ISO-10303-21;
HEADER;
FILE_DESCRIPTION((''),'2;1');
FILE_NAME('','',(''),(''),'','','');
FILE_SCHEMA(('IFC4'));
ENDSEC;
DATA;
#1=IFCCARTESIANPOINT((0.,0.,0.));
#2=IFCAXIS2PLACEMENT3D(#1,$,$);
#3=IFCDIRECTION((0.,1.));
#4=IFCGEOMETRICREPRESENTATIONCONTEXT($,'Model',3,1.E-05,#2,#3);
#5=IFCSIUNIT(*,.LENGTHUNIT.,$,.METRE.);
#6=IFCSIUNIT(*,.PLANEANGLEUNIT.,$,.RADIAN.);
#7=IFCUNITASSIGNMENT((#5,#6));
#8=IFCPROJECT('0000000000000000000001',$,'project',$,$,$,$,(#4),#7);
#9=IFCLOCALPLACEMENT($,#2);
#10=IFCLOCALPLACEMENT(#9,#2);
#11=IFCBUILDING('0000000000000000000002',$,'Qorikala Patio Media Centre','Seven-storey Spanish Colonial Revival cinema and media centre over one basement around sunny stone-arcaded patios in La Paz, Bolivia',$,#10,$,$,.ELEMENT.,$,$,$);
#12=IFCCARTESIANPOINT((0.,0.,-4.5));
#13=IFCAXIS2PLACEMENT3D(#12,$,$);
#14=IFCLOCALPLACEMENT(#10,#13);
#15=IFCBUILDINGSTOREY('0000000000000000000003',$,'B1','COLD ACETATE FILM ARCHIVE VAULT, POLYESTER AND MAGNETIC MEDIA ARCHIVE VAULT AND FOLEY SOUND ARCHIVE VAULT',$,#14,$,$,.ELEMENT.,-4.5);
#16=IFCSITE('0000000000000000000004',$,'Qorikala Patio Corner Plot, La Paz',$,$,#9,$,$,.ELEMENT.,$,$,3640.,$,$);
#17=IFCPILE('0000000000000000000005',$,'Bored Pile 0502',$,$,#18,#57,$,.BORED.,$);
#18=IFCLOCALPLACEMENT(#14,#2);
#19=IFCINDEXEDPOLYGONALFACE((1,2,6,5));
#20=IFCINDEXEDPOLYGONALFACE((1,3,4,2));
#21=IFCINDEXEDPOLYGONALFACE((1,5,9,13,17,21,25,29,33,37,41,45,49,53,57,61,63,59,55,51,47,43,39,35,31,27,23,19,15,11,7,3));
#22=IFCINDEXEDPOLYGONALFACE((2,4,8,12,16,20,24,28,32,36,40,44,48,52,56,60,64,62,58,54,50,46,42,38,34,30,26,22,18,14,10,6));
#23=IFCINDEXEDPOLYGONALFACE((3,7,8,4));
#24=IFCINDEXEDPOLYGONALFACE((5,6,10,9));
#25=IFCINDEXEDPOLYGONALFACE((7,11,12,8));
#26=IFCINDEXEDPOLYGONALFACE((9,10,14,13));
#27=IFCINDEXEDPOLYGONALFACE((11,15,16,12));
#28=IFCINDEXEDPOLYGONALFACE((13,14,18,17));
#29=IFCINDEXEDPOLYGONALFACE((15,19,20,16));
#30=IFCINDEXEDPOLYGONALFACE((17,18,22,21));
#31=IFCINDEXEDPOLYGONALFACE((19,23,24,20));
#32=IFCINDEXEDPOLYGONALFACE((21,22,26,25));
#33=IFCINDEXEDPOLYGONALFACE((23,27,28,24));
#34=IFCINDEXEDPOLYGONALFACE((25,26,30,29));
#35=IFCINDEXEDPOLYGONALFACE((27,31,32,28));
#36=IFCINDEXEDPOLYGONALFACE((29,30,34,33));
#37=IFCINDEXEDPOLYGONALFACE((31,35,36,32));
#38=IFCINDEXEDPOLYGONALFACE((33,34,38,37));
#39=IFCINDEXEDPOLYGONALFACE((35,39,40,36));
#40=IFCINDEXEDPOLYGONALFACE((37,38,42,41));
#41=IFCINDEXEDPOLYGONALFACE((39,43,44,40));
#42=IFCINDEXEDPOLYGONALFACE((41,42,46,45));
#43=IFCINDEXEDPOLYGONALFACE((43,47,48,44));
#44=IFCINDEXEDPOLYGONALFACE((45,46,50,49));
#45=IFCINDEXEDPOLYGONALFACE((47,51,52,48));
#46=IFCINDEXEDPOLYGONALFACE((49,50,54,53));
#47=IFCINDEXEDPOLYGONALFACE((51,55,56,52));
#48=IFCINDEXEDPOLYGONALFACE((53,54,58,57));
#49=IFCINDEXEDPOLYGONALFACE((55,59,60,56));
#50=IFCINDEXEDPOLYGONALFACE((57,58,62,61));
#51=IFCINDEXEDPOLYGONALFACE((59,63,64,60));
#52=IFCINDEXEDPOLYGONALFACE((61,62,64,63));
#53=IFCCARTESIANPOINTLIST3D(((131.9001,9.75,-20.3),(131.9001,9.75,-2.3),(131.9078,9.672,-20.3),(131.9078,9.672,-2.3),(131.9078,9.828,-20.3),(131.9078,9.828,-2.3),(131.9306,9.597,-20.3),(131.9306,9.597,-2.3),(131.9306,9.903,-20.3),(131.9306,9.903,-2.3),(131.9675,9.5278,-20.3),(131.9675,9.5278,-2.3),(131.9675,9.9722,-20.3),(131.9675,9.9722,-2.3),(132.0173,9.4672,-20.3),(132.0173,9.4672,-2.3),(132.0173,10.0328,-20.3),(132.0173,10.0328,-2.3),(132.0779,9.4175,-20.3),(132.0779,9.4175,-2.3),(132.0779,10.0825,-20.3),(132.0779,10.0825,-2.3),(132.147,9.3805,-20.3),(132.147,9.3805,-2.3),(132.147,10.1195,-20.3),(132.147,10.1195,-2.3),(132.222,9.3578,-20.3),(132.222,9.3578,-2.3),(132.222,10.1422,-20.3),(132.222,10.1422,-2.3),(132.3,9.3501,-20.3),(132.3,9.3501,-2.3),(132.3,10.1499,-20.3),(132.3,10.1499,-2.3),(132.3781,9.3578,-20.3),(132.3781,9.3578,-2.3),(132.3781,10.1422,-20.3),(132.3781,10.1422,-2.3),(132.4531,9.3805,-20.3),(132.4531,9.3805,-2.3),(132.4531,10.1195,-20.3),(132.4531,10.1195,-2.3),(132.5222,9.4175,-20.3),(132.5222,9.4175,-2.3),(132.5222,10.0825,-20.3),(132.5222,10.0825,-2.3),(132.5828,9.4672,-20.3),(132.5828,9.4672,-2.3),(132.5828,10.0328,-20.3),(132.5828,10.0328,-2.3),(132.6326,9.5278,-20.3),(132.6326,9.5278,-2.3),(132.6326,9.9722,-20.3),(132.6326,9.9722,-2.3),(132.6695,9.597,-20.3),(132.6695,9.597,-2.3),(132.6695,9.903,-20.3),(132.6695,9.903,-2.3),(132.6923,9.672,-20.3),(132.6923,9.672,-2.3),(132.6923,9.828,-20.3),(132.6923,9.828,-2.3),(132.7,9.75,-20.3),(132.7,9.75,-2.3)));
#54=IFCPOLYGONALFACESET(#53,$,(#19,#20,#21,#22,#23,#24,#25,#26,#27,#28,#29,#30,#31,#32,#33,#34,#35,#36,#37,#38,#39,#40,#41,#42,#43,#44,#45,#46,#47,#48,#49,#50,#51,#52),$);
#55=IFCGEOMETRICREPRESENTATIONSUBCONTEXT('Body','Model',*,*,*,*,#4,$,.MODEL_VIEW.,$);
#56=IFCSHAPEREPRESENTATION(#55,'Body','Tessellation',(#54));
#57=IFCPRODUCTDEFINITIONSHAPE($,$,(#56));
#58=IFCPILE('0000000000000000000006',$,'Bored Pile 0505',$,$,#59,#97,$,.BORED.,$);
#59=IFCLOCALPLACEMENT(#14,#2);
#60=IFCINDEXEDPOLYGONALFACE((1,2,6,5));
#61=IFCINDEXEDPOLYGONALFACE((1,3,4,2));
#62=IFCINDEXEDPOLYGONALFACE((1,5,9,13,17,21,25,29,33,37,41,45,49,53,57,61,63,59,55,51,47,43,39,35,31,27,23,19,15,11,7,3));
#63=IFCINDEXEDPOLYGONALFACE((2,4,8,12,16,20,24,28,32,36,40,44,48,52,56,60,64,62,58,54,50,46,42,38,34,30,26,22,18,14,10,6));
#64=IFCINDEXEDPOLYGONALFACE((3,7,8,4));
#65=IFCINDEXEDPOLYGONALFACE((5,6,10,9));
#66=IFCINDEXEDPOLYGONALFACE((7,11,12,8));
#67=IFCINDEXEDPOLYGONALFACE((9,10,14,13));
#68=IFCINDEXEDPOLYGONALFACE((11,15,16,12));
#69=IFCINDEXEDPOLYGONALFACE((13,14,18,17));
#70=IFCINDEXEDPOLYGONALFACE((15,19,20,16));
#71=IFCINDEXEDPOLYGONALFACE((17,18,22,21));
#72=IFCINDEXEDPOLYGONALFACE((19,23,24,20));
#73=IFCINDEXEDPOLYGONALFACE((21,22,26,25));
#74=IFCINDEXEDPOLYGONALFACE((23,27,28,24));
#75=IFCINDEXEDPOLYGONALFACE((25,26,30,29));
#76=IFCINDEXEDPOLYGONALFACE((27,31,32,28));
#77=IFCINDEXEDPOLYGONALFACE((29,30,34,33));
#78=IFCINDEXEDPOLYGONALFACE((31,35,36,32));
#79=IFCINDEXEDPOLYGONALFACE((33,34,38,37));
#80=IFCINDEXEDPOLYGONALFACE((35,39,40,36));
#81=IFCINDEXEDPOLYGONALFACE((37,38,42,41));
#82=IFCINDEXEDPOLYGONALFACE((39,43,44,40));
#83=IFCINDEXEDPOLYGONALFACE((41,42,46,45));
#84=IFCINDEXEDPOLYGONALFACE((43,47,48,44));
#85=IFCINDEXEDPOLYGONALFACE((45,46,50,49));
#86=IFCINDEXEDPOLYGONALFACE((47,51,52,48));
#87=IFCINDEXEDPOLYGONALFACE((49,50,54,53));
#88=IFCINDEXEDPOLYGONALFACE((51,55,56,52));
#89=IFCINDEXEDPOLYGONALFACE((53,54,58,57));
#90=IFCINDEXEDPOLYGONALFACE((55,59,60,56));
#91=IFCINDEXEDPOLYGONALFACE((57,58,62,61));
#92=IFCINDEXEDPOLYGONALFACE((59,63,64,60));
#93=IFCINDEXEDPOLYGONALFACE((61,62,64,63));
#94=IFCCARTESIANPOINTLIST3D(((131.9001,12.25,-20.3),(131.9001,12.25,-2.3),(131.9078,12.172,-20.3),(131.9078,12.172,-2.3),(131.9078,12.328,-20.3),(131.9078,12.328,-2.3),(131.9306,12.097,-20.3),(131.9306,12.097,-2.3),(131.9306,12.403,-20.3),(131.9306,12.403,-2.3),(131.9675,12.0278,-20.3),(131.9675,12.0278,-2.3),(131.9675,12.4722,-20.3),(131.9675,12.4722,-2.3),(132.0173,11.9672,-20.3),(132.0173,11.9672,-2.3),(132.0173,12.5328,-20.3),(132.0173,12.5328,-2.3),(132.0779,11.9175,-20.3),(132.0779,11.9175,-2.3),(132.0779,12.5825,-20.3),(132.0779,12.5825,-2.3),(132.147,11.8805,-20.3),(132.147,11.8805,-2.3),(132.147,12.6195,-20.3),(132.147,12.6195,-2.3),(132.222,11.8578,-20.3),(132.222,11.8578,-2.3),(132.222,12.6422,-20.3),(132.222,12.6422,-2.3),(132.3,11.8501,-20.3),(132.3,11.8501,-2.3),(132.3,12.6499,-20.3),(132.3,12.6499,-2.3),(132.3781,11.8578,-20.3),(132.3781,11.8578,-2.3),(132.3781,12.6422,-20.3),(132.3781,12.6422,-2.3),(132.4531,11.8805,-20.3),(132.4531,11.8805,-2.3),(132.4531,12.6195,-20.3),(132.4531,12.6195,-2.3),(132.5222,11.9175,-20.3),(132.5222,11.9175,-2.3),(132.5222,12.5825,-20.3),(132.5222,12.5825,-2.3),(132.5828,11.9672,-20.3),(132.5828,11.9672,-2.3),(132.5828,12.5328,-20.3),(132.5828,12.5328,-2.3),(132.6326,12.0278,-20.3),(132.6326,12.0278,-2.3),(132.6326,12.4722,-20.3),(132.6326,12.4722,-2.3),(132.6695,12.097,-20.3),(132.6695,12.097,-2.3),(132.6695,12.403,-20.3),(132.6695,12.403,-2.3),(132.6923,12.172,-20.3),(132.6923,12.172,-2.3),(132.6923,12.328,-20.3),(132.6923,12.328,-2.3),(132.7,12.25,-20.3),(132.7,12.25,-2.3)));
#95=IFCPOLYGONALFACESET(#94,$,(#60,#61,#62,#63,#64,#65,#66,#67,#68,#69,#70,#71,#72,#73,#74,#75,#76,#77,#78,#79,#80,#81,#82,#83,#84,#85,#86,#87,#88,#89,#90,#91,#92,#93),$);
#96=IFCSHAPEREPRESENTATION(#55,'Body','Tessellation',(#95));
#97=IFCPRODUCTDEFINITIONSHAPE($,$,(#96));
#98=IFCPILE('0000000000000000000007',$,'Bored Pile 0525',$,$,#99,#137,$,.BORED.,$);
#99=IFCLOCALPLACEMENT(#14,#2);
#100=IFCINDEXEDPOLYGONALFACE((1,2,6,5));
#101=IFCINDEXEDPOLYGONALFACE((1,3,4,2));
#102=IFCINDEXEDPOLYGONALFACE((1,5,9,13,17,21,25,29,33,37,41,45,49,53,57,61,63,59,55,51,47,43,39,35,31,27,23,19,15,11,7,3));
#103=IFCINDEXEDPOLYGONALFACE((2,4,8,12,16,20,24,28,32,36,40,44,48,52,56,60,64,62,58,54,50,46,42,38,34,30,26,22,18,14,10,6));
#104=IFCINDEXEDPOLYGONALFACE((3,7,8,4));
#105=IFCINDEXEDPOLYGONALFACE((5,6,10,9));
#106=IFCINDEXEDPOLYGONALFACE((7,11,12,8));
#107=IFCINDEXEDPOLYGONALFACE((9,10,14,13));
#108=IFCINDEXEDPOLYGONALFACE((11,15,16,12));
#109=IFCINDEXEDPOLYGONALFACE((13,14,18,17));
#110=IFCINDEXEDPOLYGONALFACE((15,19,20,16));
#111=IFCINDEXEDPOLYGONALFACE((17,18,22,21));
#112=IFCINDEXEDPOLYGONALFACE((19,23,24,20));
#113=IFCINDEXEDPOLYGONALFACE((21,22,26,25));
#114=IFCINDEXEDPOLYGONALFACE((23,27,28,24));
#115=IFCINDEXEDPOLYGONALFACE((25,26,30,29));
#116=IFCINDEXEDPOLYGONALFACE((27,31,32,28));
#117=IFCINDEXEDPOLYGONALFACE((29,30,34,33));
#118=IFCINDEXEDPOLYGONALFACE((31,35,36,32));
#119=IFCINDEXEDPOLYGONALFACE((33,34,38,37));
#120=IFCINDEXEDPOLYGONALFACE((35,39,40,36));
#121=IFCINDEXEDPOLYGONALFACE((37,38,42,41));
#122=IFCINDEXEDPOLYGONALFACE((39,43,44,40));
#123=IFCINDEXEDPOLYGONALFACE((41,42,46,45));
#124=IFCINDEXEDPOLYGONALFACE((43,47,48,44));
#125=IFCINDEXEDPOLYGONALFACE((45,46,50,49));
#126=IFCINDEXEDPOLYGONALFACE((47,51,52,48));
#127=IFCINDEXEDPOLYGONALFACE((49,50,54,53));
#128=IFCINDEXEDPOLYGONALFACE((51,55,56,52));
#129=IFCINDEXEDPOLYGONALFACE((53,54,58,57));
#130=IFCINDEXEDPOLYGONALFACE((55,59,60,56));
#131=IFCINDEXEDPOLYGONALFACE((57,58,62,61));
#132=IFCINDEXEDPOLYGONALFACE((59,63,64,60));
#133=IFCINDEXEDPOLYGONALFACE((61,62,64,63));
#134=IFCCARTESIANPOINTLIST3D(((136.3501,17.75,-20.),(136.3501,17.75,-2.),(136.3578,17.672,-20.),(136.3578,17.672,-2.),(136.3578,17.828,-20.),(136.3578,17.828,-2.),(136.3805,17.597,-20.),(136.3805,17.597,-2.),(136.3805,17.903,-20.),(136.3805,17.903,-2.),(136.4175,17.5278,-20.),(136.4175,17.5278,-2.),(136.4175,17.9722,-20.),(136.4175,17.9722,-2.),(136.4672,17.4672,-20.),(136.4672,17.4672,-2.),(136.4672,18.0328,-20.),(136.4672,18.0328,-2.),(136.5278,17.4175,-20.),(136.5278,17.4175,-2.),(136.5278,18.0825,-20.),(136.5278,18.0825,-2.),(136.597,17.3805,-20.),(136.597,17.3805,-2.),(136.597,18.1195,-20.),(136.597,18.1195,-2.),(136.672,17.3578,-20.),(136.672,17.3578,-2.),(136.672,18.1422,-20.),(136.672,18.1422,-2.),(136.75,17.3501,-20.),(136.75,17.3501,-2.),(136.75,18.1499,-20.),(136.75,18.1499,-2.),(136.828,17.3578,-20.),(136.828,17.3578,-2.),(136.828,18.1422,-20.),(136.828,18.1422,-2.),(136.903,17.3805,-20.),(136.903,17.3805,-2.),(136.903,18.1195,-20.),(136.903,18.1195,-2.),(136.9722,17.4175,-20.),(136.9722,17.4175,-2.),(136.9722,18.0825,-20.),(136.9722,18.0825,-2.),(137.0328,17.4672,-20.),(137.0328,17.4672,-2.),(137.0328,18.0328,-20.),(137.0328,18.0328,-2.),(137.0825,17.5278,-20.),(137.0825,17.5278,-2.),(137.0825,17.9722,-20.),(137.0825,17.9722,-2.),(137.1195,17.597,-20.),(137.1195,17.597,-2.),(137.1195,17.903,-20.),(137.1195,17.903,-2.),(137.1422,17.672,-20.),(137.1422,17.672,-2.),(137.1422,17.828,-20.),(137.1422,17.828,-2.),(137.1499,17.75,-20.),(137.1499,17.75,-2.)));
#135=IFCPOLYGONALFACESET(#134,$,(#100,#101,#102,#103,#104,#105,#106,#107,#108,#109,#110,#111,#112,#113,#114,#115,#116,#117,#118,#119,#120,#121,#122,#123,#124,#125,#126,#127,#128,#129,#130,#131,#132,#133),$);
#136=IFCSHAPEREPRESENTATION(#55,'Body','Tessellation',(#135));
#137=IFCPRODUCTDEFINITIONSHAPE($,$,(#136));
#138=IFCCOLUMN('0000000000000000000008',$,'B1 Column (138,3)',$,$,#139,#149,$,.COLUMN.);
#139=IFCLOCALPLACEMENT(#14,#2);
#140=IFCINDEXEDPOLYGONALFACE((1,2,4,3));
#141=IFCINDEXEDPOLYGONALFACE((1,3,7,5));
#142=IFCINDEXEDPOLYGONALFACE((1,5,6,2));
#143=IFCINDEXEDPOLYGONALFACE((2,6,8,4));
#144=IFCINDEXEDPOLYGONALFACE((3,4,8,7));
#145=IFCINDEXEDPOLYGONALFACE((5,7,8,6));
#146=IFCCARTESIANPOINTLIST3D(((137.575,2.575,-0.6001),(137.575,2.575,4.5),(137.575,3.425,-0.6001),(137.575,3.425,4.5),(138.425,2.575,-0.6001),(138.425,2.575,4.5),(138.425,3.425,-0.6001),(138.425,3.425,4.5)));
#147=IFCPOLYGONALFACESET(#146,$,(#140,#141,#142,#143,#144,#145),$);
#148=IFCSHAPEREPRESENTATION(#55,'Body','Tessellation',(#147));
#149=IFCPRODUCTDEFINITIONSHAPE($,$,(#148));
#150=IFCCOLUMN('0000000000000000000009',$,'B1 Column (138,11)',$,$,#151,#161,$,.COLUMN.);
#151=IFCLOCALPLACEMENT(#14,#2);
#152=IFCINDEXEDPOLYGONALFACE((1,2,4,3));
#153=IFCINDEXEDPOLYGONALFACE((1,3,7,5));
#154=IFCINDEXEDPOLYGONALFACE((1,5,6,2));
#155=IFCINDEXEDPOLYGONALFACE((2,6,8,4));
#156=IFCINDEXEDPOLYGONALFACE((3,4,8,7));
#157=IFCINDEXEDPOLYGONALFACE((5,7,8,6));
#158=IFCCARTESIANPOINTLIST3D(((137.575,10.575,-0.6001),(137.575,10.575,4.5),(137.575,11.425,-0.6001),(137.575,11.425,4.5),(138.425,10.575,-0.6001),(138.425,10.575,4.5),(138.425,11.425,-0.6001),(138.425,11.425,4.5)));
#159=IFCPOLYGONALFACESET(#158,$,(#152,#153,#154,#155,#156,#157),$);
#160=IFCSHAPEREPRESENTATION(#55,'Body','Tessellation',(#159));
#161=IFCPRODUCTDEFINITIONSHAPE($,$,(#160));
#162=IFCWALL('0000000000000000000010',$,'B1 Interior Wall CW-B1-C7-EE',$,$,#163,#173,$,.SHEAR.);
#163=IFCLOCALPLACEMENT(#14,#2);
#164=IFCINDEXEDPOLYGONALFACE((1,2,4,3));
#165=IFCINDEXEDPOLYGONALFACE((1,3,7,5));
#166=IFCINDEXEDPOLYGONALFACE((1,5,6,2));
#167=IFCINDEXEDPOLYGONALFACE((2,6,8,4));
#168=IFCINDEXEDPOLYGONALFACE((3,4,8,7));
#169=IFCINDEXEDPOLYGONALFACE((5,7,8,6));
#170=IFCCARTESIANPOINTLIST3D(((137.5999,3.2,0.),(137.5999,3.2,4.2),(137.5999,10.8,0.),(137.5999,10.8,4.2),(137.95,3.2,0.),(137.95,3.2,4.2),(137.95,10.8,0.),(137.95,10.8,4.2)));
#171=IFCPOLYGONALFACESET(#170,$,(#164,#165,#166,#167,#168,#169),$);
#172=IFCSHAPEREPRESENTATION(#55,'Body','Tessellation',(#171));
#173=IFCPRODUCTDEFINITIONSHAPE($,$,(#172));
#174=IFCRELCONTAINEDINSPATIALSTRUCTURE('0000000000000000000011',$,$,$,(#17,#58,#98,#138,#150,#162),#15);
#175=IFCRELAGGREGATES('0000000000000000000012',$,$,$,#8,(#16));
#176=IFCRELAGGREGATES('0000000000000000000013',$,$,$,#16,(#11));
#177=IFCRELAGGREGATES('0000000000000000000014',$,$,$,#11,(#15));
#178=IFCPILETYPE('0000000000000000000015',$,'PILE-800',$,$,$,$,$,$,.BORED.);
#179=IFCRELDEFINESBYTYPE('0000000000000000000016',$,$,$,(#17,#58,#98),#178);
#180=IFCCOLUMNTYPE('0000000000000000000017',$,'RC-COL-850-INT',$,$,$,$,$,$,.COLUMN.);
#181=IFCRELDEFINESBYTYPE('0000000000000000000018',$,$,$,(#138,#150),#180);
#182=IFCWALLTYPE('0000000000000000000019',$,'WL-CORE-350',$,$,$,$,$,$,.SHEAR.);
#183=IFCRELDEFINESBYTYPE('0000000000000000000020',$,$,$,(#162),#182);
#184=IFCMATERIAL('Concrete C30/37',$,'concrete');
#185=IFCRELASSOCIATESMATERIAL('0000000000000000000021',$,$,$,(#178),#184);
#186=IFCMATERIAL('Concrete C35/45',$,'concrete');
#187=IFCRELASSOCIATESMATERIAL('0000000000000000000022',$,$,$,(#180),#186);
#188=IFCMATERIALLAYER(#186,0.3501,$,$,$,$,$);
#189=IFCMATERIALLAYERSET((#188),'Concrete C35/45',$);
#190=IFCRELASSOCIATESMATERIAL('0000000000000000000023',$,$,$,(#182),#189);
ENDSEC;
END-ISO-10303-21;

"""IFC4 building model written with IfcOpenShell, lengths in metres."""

from ifc_helpers import new_model, si_unit, direction, frame, frame_2d, origin, origin_2d, place, context, subcontext, project, spatial, rectangle, circle, extrude, material, layer, layer_set, material_profile, profile_set, type_object, element, save


model = new_model("IFC4")

# Units and contexts
model_context = context("Model", 3, precision=1e-05, world=origin(), true_north=direction((0.0, 1.0)))
body_context = subcontext(model_context, "Body", "Model", "MODEL_VIEW")
ifc_project = project(units=[si_unit("LENGTHUNIT", "METRE"), si_unit("PLANEANGLEUNIT", "RADIAN")], contexts=[model_context])

# Site, building, storey
site_placement = place(None, origin())
site = spatial("IfcSite", under=ifc_project, at=site_placement, Name="Qorikala Patio Corner Plot, La Paz", CompositionType="ELEMENT", RefElevation=3640.0)
building_placement = place(site_placement, origin())
building = spatial("IfcBuilding", under=site, at=building_placement, Name="Qorikala Patio Media Centre", Description="Seven-storey Spanish Colonial Revival cinema and media centre over one basement around sunny stone-arcaded patios in La Paz, Bolivia", CompositionType="ELEMENT")
storey_placement = place(building_placement, frame((0.0, 0.0, -4.5)))
storey = spatial("IfcBuildingStorey", under=building, at=storey_placement, Name="B1", Description="COLD ACETATE FILM ARCHIVE VAULT, POLYESTER AND MAGNETIC MEDIA ARCHIVE VAULT AND FOLEY SOUND ARCHIVE VAULT", CompositionType="ELEMENT", Elevation=-4.5)

# Shared definitions
ifc_material_1 = material(Name="Concrete C30/37", Category="concrete")

# Piles
ifc_material_profile_1 = material_profile(ifc_material_1, circle(Radius=0.3999, at=origin_2d()), Name="BORED PILE 800")
ifc_profile_set_1 = profile_set([ifc_material_profile_1], Name="Concrete C30/37")
pile_type_1 = type_object("IfcPileType", Name="PILE-800", PredefinedType="BORED", material=ifc_profile_set_1)
for number, where, z_axis, x_axis, name in (
    (1, (132.3, 9.75, -2.3), (0.0, 0.0, -1.0), (1.0, 0.0, 0.0), "Bored Pile 0502"),
    (2, (132.3, 12.25, -2.3), (0.0, 0.0, -1.0), (1.0, 0.0, 0.0), "Bored Pile 0505"),
    (3, (136.75, 17.75, -2.0), (0.0, 0.0, -1.0), (1.0, 0.0, 0.0), "Bored Pile 0525"),
):
    element("IfcPile", number, at=place(storey_placement, frame(where, z_axis=z_axis, x_axis=x_axis)), inside=storey, type_object=pile_type_1, Name=name, PredefinedType="BORED", context=body_context, shape_type="SweptSolid", body=[
        extrude(circle(Radius=0.3999, at=origin_2d()), origin(), (0.0, 0.0, 1.0), 18.0),
    ])

# Columns
ifc_material_2 = material(Name="Concrete C35/45", Category="concrete")
ifc_material_profile_2 = material_profile(ifc_material_2, rectangle(XDim=0.8501, YDim=0.8501, at=origin_2d()), Name="RC 850x850")
ifc_profile_set_2 = profile_set([ifc_material_profile_2], Name="Concrete C35/45")
column_type = type_object("IfcColumnType", Name="RC-COL-850-INT", PredefinedType="COLUMN", material=ifc_profile_set_2)
for number, where, z_axis, x_axis, name in (
    (4, (138.0, 3.0, -0.6001), (0.0, 0.0, 1.0), (1.0, 0.0, 0.0), "B1 Column (138,3)"),
    (5, (138.0, 11.0, -0.6001), (0.0, 0.0, 1.0), (1.0, 0.0, 0.0), "B1 Column (138,11)"),
):
    element("IfcColumn", number, at=place(storey_placement, frame(where, z_axis=z_axis, x_axis=x_axis)), inside=storey, type_object=column_type, Name=name, PredefinedType="COLUMN", context=body_context, shape_type="SweptSolid", body=[
        extrude(rectangle(XDim=0.8501, YDim=0.8501, at=origin_2d()), origin(), (0.0, 0.0, 1.0), 5.1001),
    ])

# Wall
ifc_layer_1 = layer(ifc_material_2, 0.3501)
ifc_layer_set_1 = layer_set([ifc_layer_1], Name="Concrete C35/45")
wall_type_1 = type_object("IfcWallType", Name="WL-CORE-350", PredefinedType="SHEAR", material=ifc_layer_set_1)
wall_1_placement = place(storey_placement, frame((137.7749, 3.2, 0.0), z_axis=(0.0, 0.0, 1.0), x_axis=(0.0, 1.0, 0.0)))
element("IfcWall", 6, at=wall_1_placement, inside=storey, type_object=wall_type_1, Name="B1 Interior Wall CW-B1-C7-EE", PredefinedType="SHEAR", context=body_context, shape_type="SweptSolid", body=[
    extrude(rectangle(XDim=7.6001, YDim=0.3501, at=frame_2d((3.8, 0.0))), origin(), (0.0, 0.0, 1.0), 4.2),
])

save(model, "model.ifc")
